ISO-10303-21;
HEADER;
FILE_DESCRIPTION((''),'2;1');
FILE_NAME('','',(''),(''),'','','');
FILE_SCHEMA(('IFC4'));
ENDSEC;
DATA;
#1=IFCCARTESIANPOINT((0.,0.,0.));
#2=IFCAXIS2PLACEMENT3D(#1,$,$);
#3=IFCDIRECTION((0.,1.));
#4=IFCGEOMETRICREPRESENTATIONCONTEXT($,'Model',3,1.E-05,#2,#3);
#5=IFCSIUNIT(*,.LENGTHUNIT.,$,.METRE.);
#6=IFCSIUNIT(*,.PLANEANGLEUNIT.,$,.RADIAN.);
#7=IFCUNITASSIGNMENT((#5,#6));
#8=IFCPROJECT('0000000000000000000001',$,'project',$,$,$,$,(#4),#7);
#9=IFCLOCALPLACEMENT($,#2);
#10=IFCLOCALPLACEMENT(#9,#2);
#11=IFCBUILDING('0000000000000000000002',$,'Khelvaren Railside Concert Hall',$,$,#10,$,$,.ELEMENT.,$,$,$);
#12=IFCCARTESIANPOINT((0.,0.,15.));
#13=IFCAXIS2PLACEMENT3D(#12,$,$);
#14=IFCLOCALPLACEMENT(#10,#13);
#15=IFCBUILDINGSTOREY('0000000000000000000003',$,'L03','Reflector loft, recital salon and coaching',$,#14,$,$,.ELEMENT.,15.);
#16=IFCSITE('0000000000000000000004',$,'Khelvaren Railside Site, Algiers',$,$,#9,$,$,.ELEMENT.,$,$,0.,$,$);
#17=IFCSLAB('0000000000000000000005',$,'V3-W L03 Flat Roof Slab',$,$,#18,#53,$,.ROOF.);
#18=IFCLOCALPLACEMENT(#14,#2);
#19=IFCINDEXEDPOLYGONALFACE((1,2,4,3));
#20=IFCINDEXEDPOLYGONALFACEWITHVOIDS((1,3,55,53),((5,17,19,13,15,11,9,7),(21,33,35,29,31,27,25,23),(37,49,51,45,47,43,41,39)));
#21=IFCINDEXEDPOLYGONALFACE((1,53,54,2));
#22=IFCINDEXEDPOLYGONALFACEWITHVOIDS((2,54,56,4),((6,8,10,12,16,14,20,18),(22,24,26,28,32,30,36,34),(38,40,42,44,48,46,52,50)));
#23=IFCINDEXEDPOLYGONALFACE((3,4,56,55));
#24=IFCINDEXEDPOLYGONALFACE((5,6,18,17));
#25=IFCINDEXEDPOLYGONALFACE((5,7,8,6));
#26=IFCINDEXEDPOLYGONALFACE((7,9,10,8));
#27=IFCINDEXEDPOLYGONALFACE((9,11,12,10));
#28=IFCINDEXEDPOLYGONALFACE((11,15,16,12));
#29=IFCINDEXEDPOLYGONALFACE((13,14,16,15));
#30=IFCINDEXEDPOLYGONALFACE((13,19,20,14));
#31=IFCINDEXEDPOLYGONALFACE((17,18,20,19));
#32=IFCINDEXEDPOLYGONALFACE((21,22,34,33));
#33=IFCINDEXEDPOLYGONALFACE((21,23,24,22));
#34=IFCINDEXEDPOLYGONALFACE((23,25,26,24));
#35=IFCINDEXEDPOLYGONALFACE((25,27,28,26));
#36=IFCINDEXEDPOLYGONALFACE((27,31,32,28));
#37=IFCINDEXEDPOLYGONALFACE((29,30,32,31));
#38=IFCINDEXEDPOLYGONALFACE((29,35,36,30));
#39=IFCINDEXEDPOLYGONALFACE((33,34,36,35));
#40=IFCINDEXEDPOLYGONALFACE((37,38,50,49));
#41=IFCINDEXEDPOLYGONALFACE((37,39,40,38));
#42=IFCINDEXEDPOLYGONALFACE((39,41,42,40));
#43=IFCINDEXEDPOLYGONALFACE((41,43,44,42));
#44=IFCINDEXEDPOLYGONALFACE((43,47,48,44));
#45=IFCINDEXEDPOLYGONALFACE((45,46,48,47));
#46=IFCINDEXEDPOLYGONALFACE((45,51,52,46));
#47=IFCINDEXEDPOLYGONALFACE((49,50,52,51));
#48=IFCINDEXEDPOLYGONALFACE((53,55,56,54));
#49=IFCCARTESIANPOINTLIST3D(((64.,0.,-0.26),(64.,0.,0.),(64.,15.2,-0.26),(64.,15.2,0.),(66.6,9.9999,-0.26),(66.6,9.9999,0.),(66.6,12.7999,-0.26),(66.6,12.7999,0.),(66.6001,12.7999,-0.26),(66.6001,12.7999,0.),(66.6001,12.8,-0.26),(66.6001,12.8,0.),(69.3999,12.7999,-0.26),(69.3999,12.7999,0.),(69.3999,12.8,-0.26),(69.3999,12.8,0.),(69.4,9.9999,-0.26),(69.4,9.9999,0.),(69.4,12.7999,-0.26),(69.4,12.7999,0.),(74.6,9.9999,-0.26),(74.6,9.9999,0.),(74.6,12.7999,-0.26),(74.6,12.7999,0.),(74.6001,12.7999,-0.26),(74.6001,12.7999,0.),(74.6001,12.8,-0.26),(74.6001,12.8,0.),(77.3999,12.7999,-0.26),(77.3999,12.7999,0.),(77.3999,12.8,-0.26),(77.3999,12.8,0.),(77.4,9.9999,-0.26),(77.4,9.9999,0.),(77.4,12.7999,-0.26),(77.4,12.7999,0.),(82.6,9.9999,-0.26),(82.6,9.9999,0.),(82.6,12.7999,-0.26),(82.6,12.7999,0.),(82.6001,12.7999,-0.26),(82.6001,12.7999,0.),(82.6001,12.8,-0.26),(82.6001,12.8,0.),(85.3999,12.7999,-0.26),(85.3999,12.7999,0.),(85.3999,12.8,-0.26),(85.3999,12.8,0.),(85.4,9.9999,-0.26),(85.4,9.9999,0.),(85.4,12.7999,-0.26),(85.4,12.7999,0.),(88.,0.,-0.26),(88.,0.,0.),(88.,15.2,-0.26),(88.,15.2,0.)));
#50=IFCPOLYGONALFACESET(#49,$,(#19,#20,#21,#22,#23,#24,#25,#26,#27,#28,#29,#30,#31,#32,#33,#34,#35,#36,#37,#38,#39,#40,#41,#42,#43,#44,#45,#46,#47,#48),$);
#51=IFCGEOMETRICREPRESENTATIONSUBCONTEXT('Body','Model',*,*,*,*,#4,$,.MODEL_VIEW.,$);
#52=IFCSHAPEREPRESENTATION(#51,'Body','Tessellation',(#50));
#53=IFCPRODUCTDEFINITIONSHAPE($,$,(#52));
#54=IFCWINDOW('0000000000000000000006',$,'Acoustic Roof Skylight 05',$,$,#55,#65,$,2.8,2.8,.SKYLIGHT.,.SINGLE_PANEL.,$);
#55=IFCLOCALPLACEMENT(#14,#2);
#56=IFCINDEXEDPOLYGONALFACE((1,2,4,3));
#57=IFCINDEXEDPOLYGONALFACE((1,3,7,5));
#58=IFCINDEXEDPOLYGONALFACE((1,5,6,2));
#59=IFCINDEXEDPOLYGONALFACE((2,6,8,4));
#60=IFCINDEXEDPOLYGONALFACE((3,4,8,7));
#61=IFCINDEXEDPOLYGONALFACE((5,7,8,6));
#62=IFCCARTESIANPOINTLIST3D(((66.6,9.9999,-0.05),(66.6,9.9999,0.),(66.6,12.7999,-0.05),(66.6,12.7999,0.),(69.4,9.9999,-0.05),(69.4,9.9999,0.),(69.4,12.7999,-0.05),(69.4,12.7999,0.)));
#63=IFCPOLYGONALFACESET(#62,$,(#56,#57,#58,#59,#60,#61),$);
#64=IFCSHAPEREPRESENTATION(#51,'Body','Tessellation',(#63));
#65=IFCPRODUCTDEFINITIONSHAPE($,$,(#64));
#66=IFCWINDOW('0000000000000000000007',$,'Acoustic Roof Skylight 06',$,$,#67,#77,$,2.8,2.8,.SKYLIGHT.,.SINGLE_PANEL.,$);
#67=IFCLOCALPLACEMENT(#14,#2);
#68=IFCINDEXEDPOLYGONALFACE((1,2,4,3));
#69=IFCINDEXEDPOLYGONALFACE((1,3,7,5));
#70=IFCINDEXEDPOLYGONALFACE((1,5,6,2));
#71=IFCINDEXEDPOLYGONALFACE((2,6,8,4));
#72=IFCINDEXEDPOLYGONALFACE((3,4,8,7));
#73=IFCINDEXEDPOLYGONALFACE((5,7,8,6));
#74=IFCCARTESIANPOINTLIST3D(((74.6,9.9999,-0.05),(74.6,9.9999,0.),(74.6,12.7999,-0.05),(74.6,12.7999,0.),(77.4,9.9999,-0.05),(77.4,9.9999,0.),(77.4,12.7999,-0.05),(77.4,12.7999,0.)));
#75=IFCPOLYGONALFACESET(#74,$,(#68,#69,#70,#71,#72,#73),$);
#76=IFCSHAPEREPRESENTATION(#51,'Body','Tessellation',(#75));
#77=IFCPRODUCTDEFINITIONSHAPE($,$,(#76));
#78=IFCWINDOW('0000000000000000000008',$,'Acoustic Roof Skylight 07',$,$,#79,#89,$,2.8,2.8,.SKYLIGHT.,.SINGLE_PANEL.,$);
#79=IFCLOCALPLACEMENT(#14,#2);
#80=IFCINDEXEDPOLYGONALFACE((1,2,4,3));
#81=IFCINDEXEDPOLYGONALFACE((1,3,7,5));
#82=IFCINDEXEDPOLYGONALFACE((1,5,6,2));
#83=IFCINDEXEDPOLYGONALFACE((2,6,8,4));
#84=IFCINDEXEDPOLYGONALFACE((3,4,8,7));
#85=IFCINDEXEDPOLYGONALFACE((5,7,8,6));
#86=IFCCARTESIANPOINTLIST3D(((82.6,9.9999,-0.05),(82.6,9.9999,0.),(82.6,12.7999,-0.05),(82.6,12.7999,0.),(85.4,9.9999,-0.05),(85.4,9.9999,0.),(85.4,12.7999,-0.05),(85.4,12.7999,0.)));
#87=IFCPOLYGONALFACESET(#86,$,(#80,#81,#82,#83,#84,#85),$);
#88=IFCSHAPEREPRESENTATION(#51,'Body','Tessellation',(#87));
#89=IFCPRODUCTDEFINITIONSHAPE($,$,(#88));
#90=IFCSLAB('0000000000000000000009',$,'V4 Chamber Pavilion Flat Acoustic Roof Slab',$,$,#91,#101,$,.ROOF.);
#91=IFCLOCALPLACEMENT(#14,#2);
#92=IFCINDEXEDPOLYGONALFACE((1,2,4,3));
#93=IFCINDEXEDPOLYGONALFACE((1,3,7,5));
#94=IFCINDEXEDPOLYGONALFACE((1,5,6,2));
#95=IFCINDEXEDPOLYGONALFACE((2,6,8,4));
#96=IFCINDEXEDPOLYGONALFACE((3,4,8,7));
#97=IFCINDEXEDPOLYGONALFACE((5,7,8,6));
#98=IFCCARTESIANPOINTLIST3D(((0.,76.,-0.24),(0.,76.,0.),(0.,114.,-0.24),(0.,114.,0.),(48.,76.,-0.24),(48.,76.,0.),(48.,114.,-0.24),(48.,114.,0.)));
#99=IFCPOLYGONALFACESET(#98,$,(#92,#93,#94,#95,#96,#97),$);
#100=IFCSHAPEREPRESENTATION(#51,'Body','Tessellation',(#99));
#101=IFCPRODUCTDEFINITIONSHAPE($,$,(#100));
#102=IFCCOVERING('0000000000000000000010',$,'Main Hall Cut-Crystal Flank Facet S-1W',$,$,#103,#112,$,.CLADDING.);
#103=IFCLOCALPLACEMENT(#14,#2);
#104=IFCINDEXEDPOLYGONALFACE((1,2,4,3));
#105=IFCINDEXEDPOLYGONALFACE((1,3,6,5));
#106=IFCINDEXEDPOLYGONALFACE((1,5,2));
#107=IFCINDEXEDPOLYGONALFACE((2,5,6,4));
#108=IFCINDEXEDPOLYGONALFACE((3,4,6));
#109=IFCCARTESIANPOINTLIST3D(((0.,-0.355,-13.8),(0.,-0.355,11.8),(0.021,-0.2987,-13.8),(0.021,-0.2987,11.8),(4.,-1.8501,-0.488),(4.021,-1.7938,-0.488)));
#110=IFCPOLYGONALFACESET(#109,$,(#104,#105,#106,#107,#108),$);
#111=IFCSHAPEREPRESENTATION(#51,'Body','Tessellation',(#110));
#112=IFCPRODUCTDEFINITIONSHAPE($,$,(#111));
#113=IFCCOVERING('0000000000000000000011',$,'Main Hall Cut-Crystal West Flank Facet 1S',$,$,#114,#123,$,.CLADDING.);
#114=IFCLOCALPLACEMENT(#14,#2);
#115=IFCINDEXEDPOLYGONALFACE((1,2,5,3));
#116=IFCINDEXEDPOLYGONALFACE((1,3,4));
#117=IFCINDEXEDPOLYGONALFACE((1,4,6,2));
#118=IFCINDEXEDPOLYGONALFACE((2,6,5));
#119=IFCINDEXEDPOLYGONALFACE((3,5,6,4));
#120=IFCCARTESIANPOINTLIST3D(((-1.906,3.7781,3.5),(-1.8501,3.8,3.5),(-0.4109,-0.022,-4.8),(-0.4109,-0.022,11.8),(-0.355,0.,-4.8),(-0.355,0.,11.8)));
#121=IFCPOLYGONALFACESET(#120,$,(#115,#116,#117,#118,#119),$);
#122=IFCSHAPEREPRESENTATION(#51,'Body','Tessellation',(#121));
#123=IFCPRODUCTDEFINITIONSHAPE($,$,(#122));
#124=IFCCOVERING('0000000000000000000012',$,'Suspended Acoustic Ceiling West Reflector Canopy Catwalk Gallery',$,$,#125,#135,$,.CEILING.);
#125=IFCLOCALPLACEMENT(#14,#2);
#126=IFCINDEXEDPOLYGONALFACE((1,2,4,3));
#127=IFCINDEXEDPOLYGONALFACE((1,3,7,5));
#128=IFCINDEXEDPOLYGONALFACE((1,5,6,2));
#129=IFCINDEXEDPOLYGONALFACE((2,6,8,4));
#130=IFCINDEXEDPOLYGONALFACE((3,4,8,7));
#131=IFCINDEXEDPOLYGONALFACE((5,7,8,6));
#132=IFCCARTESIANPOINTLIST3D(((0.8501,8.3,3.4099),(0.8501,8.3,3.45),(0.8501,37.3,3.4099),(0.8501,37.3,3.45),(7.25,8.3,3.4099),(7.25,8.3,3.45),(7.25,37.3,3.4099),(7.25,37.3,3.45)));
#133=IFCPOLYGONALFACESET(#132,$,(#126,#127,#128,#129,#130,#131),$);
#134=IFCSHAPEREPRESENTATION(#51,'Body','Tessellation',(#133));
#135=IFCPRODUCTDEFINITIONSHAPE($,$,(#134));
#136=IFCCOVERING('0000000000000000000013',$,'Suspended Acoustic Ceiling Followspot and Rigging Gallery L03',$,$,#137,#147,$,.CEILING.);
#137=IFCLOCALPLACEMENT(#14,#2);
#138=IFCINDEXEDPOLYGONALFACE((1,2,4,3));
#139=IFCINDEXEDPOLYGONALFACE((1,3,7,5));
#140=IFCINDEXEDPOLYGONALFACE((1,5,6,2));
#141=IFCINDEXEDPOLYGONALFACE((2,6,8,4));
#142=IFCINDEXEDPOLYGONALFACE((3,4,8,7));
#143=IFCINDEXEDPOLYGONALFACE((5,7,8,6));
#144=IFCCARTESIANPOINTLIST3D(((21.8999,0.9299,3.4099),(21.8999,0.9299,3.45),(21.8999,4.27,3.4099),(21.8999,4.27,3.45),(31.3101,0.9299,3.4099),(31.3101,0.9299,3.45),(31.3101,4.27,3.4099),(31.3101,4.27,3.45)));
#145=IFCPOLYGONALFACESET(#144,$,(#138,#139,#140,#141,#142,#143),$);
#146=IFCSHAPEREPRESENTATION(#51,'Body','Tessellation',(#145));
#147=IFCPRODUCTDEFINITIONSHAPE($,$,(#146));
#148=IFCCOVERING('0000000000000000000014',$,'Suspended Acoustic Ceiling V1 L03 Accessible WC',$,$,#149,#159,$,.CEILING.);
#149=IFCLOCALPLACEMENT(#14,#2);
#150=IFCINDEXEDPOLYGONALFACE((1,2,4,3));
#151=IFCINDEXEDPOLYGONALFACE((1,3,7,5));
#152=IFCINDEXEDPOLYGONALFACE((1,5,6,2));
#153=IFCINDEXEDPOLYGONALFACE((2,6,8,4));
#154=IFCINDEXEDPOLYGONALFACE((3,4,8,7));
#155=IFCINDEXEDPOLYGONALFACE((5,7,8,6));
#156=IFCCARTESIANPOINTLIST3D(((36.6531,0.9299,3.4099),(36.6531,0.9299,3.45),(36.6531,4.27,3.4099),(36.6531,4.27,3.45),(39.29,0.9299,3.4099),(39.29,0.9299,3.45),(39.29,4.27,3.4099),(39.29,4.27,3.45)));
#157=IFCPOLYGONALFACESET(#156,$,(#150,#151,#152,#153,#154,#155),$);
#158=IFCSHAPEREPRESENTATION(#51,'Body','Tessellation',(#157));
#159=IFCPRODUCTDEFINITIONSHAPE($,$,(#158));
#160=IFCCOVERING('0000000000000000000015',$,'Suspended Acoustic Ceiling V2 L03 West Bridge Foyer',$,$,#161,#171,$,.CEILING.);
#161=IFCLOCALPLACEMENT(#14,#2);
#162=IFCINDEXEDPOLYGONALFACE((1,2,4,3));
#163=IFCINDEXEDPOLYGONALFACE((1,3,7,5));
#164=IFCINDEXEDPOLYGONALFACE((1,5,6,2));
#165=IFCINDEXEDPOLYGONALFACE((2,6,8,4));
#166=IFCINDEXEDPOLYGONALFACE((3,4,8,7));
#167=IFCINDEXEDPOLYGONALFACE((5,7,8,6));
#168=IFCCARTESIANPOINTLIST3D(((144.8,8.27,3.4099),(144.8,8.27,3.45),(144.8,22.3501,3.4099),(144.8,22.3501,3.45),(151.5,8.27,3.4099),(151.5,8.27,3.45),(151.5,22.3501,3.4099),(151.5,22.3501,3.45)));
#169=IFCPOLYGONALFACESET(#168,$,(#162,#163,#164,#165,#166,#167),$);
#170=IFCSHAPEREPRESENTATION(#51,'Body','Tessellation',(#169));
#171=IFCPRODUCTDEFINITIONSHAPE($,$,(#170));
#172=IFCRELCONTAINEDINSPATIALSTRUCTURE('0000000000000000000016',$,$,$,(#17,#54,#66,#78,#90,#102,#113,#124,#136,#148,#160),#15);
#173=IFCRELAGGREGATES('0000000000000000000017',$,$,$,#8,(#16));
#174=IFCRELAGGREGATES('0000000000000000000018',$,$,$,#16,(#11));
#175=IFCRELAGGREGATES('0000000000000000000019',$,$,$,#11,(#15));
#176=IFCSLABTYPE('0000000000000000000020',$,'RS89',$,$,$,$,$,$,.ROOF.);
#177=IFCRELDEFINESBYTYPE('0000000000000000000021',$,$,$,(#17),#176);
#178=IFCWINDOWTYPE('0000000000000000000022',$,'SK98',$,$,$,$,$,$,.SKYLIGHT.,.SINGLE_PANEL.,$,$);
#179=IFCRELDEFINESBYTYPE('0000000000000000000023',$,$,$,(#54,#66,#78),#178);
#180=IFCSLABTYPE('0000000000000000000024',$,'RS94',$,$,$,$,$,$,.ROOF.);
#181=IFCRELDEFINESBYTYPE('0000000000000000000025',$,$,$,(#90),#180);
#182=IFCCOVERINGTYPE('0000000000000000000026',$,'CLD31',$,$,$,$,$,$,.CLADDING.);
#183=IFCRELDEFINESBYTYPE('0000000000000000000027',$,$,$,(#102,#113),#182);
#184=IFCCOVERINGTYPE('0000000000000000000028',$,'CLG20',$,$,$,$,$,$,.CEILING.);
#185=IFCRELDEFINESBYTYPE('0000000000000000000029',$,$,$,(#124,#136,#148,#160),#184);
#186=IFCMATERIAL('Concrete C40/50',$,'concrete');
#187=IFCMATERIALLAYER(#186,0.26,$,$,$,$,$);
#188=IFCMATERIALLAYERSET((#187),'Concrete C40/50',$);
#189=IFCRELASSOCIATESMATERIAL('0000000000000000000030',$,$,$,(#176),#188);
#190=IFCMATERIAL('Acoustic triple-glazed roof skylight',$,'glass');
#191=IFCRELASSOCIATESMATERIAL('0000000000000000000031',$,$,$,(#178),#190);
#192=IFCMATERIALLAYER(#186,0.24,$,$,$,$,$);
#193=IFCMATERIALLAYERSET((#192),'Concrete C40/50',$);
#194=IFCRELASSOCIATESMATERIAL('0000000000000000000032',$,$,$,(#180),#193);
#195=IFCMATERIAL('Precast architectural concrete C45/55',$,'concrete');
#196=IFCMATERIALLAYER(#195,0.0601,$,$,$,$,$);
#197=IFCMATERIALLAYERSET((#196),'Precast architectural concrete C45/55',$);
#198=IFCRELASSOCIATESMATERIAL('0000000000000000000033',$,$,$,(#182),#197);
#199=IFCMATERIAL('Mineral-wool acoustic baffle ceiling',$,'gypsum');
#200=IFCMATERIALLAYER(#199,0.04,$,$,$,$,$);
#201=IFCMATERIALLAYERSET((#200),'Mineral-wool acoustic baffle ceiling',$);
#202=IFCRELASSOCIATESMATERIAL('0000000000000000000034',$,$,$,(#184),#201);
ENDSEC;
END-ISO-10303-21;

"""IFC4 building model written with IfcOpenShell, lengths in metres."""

from ifc_helpers import new_model, si_unit, direction, frame, origin, origin_2d, place, context, subcontext, project, spatial, polyline, rectangle, outline, extrude, material, layer, layer_set, type_object, element, fill, save


model = new_model("IFC4")

# Units and contexts
model_context = context("Model", 3, precision=1e-05, world=origin(), true_north=direction((0.0, 1.0)))
body_context = subcontext(model_context, "Body", "Model", "MODEL_VIEW")
ifc_project = project(units=[si_unit("LENGTHUNIT", "METRE"), si_unit("PLANEANGLEUNIT", "RADIAN")], contexts=[model_context])

# Site, building, storey
site_placement = place(None, origin())
site = spatial("IfcSite", under=ifc_project, at=site_placement, Name="Khelvaren Railside Site, Algiers", CompositionType="ELEMENT", RefElevation=0.0)
building_placement = place(site_placement, origin())
building = spatial("IfcBuilding", under=site, at=building_placement, Name="Khelvaren Railside Concert Hall", CompositionType="ELEMENT")
storey_placement = place(building_placement, frame((0.0, 0.0, 15.0)))
storey = spatial("IfcBuildingStorey", under=building, at=storey_placement, Name="L03", Description="Reflector loft, recital salon and coaching", CompositionType="ELEMENT", Elevation=15.0)

# Shared definitions
ifc_material_1 = material(Name="Concrete C40/50", Category="concrete")

# Slab, openings, windows
ifc_layer_1 = layer(ifc_material_1, 0.26)
ifc_layer_set_1 = layer_set([ifc_layer_1], Name="Concrete C40/50")
slab_type_1 = type_object("IfcSlabType", Name="RS89", PredefinedType="ROOF", material=ifc_layer_set_1)
slab_1_placement = place(storey_placement, frame((0.0, 0.0, -0.26)))
slab_1 = element("IfcSlab", 1, at=slab_1_placement, inside=storey, type_object=slab_type_1, Name="V3-W L03 Flat Roof Slab", PredefinedType="ROOF", context=body_context, shape_type="SweptSolid", body=[
    extrude(outline(polyline([(64.0, 0.0), (88.0, 0.0), (88.0, 15.2), (64.0, 15.2), (64.0, 0.0)]), holes=[polyline([(66.6001, 10.0), (69.3999, 10.0), (69.3999, 12.8), (66.6001, 12.8), (66.6001, 10.0)]), polyline([(74.6001, 10.0), (77.3999, 10.0), (77.3999, 12.8), (74.6001, 12.8), (74.6001, 10.0)]), polyline([(82.6001, 10.0), (85.3999, 10.0), (85.3999, 12.8), (82.6001, 12.8), (82.6001, 10.0)])]), origin(), (0.0, 0.0, 1.0), 0.26),
])
opening_1_placement = place(slab_1_placement, frame((68.0, 11.3999, 0.0)))
opening_1 = element("IfcOpeningElement", 2, at=opening_1_placement, cuts=slab_1, PredefinedType="OPENING", context=body_context, shape_type="SweptSolid", body=[
    extrude(rectangle(XDim=2.8, YDim=2.8, at=origin_2d()), frame((0.0, 0.0, -0.01)), (0.0, 0.0, 1.0), 0.28),
])
opening_2_placement = place(slab_1_placement, frame((76.0, 11.3999, 0.0)))
opening_2 = element("IfcOpeningElement", 3, at=opening_2_placement, cuts=slab_1, PredefinedType="OPENING", context=body_context, shape_type="SweptSolid", body=[
    extrude(rectangle(XDim=2.8, YDim=2.8, at=origin_2d()), frame((0.0, 0.0, -0.01)), (0.0, 0.0, 1.0), 0.28),
])
opening_3_placement = place(slab_1_placement, frame((84.0, 11.3999, 0.0)))
opening_3 = element("IfcOpeningElement", 4, at=opening_3_placement, cuts=slab_1, PredefinedType="OPENING", context=body_context, shape_type="SweptSolid", body=[
    extrude(rectangle(XDim=2.8, YDim=2.8, at=origin_2d()), frame((0.0, 0.0, -0.01)), (0.0, 0.0, 1.0), 0.28),
])
ifc_material_2 = material(Name="Acoustic triple-glazed roof skylight", Category="glass")
window_type = type_object("IfcWindowType", Name="SK98", PartitioningType="SINGLE_PANEL", PredefinedType="SKYLIGHT", material=ifc_material_2)
window_1_placement = place(opening_1_placement, frame((0.0, 0.0, 0.21)))
window_1 = element("IfcWindow", 5, at=window_1_placement, inside=storey, type_object=window_type, Name="Acoustic Roof Skylight 05", OverallHeight=2.8, OverallWidth=2.8, PartitioningType="SINGLE_PANEL", PredefinedType="SKYLIGHT", context=body_context, shape_type="SweptSolid", body=[
    extrude(rectangle(XDim=2.8, YDim=2.8, at=origin_2d()), origin(), (0.0, 0.0, 1.0), 0.05),
])
fill(opening_1, window_1)
window_2_placement = place(opening_2_placement, frame((0.0, 0.0, 0.21)))
window_2 = element("IfcWindow", 6, at=window_2_placement, inside=storey, type_object=window_type, Name="Acoustic Roof Skylight 06", OverallHeight=2.8, OverallWidth=2.8, PartitioningType="SINGLE_PANEL", PredefinedType="SKYLIGHT", context=body_context, shape_type="SweptSolid", body=[
    extrude(rectangle(XDim=2.8, YDim=2.8, at=origin_2d()), origin(), (0.0, 0.0, 1.0), 0.05),
])
fill(opening_2, window_2)
window_3_placement = place(opening_3_placement, frame((0.0, 0.0, 0.21)))
window_3 = element("IfcWindow", 7, at=window_3_placement, inside=storey, type_object=window_type, Name="Acoustic Roof Skylight 07", OverallHeight=2.8, OverallWidth=2.8, PartitioningType="SINGLE_PANEL", PredefinedType="SKYLIGHT", context=body_context, shape_type="SweptSolid", body=[
    extrude(rectangle(XDim=2.8, YDim=2.8, at=origin_2d()), origin(), (0.0, 0.0, 1.0), 0.05),
])
fill(opening_3, window_3)

# Slab
ifc_layer_2 = layer(ifc_material_1, 0.24)
ifc_layer_set_2 = layer_set([ifc_layer_2], Name="Concrete C40/50")
slab_type_2 = type_object("IfcSlabType", Name="RS94", PredefinedType="ROOF", material=ifc_layer_set_2)
slab_2_placement = place(storey_placement, frame((0.0, 0.0, -0.24)))
element("IfcSlab", 8, at=slab_2_placement, inside=storey, type_object=slab_type_2, Name="V4 Chamber Pavilion Flat Acoustic Roof Slab", PredefinedType="ROOF", context=body_context, shape_type="SweptSolid", body=[
    extrude(outline(polyline([(0.0, 76.0), (48.0, 76.0), (48.0, 114.0), (0.0, 114.0), (0.0, 76.0)])), origin(), (0.0, 0.0, 1.0), 0.24),
])

# Coverings
ifc_material_3 = material(Name="Precast architectural concrete C45/55", Category="concrete")
ifc_layer_3 = layer(ifc_material_3, 0.0601)
ifc_layer_set_3 = layer_set([ifc_layer_3], Name="Precast architectural concrete C45/55")
covering_type_1 = type_object("IfcCoveringType", Name="CLD31", PredefinedType="CLADDING", material=ifc_layer_set_3)
covering_1_placement = place(storey_placement, frame((0.0, -0.355, 11.8), z_axis=(-0.350121, -0.936705, 0.0), x_axis=(0.0, 0.0, -1.0)))
element("IfcCovering", 9, at=covering_1_placement, inside=storey, type_object=covering_type_1, Name="Main Hall Cut-Crystal Flank Facet S-1W", PredefinedType="CLADDING", context=body_context, shape_type="SweptSolid", body=[
    extrude(outline(polyline([(0.0, 0.0), (25.6001, 0.0), (12.2881, 4.2703), (0.0, 0.0)])), origin(), (0.0, 0.0, -1.0), 0.0601),
])
covering_2_placement = place(storey_placement, frame((-0.355, 0.0, 11.8), z_axis=(0.930565, 0.366128, 0.0), x_axis=(0.0, 0.0, -1.0)))
element("IfcCovering", 10, at=covering_2_placement, inside=storey, type_object=covering_type_1, Name="Main Hall Cut-Crystal West Flank Facet 1S", PredefinedType="CLADDING", context=body_context, shape_type="SweptSolid", body=[
    extrude(outline(polyline([(0.0, 0.0), (16.6001, 0.0), (8.3, 4.0836), (0.0, 0.0)])), origin(), (0.0, 0.0, -1.0), 0.0601),
])
ifc_material_4 = material(Name="Mineral-wool acoustic baffle ceiling", Category="gypsum")
ifc_layer_4 = layer(ifc_material_4, 0.04)
ifc_layer_set_4 = layer_set([ifc_layer_4], Name="Mineral-wool acoustic baffle ceiling")
covering_type_2 = type_object("IfcCoveringType", Name="CLG20", PredefinedType="CEILING", material=ifc_layer_set_4)
covering_3_placement = place(storey_placement, frame((0.0, 0.0, 3.4099)))
element("IfcCovering", 11, at=covering_3_placement, inside=storey, type_object=covering_type_2, Name="Suspended Acoustic Ceiling West Reflector Canopy Catwalk Gallery", PredefinedType="CEILING", context=body_context, shape_type="SweptSolid", body=[
    extrude(outline(polyline([(0.8501, 8.3), (7.25, 8.3), (7.25, 37.3), (0.8501, 37.3), (0.8501, 8.3)])), origin(), (0.0, 0.0, 1.0), 0.04),
])
covering_4_placement = place(storey_placement, frame((0.0, 0.0, 3.4099)))
element("IfcCovering", 12, at=covering_4_placement, inside=storey, type_object=covering_type_2, Name="Suspended Acoustic Ceiling Followspot and Rigging Gallery L03", PredefinedType="CEILING", context=body_context, shape_type="SweptSolid", body=[
    extrude(outline(polyline([(21.8999, 0.9299), (31.3101, 0.9299), (31.3101, 4.27), (21.8999, 4.27), (21.8999, 0.9299)])), origin(), (0.0, 0.0, 1.0), 0.04),
])
covering_5_placement = place(storey_placement, frame((0.0, 0.0, 3.4099)))
element("IfcCovering", 13, at=covering_5_placement, inside=storey, type_object=covering_type_2, Name="Suspended Acoustic Ceiling V1 L03 Accessible WC", PredefinedType="CEILING", context=body_context, shape_type="SweptSolid", body=[
    extrude(outline(polyline([(36.6531, 0.9299), (39.29, 0.9299), (39.29, 4.27), (36.6531, 4.27), (36.6531, 0.9299)])), origin(), (0.0, 0.0, 1.0), 0.04),
])
covering_6_placement = place(storey_placement, frame((0.0, 0.0, 3.4099)))
element("IfcCovering", 14, at=covering_6_placement, inside=storey, type_object=covering_type_2, Name="Suspended Acoustic Ceiling V2 L03 West Bridge Foyer", PredefinedType="CEILING", context=body_context, shape_type="SweptSolid", body=[
    extrude(outline(polyline([(144.8, 8.27), (151.5, 8.27), (151.5, 22.3501), (144.8, 22.3501), (144.8, 8.27)])), origin(), (0.0, 0.0, 1.0), 0.04),
])

save(model, "model.ifc")
